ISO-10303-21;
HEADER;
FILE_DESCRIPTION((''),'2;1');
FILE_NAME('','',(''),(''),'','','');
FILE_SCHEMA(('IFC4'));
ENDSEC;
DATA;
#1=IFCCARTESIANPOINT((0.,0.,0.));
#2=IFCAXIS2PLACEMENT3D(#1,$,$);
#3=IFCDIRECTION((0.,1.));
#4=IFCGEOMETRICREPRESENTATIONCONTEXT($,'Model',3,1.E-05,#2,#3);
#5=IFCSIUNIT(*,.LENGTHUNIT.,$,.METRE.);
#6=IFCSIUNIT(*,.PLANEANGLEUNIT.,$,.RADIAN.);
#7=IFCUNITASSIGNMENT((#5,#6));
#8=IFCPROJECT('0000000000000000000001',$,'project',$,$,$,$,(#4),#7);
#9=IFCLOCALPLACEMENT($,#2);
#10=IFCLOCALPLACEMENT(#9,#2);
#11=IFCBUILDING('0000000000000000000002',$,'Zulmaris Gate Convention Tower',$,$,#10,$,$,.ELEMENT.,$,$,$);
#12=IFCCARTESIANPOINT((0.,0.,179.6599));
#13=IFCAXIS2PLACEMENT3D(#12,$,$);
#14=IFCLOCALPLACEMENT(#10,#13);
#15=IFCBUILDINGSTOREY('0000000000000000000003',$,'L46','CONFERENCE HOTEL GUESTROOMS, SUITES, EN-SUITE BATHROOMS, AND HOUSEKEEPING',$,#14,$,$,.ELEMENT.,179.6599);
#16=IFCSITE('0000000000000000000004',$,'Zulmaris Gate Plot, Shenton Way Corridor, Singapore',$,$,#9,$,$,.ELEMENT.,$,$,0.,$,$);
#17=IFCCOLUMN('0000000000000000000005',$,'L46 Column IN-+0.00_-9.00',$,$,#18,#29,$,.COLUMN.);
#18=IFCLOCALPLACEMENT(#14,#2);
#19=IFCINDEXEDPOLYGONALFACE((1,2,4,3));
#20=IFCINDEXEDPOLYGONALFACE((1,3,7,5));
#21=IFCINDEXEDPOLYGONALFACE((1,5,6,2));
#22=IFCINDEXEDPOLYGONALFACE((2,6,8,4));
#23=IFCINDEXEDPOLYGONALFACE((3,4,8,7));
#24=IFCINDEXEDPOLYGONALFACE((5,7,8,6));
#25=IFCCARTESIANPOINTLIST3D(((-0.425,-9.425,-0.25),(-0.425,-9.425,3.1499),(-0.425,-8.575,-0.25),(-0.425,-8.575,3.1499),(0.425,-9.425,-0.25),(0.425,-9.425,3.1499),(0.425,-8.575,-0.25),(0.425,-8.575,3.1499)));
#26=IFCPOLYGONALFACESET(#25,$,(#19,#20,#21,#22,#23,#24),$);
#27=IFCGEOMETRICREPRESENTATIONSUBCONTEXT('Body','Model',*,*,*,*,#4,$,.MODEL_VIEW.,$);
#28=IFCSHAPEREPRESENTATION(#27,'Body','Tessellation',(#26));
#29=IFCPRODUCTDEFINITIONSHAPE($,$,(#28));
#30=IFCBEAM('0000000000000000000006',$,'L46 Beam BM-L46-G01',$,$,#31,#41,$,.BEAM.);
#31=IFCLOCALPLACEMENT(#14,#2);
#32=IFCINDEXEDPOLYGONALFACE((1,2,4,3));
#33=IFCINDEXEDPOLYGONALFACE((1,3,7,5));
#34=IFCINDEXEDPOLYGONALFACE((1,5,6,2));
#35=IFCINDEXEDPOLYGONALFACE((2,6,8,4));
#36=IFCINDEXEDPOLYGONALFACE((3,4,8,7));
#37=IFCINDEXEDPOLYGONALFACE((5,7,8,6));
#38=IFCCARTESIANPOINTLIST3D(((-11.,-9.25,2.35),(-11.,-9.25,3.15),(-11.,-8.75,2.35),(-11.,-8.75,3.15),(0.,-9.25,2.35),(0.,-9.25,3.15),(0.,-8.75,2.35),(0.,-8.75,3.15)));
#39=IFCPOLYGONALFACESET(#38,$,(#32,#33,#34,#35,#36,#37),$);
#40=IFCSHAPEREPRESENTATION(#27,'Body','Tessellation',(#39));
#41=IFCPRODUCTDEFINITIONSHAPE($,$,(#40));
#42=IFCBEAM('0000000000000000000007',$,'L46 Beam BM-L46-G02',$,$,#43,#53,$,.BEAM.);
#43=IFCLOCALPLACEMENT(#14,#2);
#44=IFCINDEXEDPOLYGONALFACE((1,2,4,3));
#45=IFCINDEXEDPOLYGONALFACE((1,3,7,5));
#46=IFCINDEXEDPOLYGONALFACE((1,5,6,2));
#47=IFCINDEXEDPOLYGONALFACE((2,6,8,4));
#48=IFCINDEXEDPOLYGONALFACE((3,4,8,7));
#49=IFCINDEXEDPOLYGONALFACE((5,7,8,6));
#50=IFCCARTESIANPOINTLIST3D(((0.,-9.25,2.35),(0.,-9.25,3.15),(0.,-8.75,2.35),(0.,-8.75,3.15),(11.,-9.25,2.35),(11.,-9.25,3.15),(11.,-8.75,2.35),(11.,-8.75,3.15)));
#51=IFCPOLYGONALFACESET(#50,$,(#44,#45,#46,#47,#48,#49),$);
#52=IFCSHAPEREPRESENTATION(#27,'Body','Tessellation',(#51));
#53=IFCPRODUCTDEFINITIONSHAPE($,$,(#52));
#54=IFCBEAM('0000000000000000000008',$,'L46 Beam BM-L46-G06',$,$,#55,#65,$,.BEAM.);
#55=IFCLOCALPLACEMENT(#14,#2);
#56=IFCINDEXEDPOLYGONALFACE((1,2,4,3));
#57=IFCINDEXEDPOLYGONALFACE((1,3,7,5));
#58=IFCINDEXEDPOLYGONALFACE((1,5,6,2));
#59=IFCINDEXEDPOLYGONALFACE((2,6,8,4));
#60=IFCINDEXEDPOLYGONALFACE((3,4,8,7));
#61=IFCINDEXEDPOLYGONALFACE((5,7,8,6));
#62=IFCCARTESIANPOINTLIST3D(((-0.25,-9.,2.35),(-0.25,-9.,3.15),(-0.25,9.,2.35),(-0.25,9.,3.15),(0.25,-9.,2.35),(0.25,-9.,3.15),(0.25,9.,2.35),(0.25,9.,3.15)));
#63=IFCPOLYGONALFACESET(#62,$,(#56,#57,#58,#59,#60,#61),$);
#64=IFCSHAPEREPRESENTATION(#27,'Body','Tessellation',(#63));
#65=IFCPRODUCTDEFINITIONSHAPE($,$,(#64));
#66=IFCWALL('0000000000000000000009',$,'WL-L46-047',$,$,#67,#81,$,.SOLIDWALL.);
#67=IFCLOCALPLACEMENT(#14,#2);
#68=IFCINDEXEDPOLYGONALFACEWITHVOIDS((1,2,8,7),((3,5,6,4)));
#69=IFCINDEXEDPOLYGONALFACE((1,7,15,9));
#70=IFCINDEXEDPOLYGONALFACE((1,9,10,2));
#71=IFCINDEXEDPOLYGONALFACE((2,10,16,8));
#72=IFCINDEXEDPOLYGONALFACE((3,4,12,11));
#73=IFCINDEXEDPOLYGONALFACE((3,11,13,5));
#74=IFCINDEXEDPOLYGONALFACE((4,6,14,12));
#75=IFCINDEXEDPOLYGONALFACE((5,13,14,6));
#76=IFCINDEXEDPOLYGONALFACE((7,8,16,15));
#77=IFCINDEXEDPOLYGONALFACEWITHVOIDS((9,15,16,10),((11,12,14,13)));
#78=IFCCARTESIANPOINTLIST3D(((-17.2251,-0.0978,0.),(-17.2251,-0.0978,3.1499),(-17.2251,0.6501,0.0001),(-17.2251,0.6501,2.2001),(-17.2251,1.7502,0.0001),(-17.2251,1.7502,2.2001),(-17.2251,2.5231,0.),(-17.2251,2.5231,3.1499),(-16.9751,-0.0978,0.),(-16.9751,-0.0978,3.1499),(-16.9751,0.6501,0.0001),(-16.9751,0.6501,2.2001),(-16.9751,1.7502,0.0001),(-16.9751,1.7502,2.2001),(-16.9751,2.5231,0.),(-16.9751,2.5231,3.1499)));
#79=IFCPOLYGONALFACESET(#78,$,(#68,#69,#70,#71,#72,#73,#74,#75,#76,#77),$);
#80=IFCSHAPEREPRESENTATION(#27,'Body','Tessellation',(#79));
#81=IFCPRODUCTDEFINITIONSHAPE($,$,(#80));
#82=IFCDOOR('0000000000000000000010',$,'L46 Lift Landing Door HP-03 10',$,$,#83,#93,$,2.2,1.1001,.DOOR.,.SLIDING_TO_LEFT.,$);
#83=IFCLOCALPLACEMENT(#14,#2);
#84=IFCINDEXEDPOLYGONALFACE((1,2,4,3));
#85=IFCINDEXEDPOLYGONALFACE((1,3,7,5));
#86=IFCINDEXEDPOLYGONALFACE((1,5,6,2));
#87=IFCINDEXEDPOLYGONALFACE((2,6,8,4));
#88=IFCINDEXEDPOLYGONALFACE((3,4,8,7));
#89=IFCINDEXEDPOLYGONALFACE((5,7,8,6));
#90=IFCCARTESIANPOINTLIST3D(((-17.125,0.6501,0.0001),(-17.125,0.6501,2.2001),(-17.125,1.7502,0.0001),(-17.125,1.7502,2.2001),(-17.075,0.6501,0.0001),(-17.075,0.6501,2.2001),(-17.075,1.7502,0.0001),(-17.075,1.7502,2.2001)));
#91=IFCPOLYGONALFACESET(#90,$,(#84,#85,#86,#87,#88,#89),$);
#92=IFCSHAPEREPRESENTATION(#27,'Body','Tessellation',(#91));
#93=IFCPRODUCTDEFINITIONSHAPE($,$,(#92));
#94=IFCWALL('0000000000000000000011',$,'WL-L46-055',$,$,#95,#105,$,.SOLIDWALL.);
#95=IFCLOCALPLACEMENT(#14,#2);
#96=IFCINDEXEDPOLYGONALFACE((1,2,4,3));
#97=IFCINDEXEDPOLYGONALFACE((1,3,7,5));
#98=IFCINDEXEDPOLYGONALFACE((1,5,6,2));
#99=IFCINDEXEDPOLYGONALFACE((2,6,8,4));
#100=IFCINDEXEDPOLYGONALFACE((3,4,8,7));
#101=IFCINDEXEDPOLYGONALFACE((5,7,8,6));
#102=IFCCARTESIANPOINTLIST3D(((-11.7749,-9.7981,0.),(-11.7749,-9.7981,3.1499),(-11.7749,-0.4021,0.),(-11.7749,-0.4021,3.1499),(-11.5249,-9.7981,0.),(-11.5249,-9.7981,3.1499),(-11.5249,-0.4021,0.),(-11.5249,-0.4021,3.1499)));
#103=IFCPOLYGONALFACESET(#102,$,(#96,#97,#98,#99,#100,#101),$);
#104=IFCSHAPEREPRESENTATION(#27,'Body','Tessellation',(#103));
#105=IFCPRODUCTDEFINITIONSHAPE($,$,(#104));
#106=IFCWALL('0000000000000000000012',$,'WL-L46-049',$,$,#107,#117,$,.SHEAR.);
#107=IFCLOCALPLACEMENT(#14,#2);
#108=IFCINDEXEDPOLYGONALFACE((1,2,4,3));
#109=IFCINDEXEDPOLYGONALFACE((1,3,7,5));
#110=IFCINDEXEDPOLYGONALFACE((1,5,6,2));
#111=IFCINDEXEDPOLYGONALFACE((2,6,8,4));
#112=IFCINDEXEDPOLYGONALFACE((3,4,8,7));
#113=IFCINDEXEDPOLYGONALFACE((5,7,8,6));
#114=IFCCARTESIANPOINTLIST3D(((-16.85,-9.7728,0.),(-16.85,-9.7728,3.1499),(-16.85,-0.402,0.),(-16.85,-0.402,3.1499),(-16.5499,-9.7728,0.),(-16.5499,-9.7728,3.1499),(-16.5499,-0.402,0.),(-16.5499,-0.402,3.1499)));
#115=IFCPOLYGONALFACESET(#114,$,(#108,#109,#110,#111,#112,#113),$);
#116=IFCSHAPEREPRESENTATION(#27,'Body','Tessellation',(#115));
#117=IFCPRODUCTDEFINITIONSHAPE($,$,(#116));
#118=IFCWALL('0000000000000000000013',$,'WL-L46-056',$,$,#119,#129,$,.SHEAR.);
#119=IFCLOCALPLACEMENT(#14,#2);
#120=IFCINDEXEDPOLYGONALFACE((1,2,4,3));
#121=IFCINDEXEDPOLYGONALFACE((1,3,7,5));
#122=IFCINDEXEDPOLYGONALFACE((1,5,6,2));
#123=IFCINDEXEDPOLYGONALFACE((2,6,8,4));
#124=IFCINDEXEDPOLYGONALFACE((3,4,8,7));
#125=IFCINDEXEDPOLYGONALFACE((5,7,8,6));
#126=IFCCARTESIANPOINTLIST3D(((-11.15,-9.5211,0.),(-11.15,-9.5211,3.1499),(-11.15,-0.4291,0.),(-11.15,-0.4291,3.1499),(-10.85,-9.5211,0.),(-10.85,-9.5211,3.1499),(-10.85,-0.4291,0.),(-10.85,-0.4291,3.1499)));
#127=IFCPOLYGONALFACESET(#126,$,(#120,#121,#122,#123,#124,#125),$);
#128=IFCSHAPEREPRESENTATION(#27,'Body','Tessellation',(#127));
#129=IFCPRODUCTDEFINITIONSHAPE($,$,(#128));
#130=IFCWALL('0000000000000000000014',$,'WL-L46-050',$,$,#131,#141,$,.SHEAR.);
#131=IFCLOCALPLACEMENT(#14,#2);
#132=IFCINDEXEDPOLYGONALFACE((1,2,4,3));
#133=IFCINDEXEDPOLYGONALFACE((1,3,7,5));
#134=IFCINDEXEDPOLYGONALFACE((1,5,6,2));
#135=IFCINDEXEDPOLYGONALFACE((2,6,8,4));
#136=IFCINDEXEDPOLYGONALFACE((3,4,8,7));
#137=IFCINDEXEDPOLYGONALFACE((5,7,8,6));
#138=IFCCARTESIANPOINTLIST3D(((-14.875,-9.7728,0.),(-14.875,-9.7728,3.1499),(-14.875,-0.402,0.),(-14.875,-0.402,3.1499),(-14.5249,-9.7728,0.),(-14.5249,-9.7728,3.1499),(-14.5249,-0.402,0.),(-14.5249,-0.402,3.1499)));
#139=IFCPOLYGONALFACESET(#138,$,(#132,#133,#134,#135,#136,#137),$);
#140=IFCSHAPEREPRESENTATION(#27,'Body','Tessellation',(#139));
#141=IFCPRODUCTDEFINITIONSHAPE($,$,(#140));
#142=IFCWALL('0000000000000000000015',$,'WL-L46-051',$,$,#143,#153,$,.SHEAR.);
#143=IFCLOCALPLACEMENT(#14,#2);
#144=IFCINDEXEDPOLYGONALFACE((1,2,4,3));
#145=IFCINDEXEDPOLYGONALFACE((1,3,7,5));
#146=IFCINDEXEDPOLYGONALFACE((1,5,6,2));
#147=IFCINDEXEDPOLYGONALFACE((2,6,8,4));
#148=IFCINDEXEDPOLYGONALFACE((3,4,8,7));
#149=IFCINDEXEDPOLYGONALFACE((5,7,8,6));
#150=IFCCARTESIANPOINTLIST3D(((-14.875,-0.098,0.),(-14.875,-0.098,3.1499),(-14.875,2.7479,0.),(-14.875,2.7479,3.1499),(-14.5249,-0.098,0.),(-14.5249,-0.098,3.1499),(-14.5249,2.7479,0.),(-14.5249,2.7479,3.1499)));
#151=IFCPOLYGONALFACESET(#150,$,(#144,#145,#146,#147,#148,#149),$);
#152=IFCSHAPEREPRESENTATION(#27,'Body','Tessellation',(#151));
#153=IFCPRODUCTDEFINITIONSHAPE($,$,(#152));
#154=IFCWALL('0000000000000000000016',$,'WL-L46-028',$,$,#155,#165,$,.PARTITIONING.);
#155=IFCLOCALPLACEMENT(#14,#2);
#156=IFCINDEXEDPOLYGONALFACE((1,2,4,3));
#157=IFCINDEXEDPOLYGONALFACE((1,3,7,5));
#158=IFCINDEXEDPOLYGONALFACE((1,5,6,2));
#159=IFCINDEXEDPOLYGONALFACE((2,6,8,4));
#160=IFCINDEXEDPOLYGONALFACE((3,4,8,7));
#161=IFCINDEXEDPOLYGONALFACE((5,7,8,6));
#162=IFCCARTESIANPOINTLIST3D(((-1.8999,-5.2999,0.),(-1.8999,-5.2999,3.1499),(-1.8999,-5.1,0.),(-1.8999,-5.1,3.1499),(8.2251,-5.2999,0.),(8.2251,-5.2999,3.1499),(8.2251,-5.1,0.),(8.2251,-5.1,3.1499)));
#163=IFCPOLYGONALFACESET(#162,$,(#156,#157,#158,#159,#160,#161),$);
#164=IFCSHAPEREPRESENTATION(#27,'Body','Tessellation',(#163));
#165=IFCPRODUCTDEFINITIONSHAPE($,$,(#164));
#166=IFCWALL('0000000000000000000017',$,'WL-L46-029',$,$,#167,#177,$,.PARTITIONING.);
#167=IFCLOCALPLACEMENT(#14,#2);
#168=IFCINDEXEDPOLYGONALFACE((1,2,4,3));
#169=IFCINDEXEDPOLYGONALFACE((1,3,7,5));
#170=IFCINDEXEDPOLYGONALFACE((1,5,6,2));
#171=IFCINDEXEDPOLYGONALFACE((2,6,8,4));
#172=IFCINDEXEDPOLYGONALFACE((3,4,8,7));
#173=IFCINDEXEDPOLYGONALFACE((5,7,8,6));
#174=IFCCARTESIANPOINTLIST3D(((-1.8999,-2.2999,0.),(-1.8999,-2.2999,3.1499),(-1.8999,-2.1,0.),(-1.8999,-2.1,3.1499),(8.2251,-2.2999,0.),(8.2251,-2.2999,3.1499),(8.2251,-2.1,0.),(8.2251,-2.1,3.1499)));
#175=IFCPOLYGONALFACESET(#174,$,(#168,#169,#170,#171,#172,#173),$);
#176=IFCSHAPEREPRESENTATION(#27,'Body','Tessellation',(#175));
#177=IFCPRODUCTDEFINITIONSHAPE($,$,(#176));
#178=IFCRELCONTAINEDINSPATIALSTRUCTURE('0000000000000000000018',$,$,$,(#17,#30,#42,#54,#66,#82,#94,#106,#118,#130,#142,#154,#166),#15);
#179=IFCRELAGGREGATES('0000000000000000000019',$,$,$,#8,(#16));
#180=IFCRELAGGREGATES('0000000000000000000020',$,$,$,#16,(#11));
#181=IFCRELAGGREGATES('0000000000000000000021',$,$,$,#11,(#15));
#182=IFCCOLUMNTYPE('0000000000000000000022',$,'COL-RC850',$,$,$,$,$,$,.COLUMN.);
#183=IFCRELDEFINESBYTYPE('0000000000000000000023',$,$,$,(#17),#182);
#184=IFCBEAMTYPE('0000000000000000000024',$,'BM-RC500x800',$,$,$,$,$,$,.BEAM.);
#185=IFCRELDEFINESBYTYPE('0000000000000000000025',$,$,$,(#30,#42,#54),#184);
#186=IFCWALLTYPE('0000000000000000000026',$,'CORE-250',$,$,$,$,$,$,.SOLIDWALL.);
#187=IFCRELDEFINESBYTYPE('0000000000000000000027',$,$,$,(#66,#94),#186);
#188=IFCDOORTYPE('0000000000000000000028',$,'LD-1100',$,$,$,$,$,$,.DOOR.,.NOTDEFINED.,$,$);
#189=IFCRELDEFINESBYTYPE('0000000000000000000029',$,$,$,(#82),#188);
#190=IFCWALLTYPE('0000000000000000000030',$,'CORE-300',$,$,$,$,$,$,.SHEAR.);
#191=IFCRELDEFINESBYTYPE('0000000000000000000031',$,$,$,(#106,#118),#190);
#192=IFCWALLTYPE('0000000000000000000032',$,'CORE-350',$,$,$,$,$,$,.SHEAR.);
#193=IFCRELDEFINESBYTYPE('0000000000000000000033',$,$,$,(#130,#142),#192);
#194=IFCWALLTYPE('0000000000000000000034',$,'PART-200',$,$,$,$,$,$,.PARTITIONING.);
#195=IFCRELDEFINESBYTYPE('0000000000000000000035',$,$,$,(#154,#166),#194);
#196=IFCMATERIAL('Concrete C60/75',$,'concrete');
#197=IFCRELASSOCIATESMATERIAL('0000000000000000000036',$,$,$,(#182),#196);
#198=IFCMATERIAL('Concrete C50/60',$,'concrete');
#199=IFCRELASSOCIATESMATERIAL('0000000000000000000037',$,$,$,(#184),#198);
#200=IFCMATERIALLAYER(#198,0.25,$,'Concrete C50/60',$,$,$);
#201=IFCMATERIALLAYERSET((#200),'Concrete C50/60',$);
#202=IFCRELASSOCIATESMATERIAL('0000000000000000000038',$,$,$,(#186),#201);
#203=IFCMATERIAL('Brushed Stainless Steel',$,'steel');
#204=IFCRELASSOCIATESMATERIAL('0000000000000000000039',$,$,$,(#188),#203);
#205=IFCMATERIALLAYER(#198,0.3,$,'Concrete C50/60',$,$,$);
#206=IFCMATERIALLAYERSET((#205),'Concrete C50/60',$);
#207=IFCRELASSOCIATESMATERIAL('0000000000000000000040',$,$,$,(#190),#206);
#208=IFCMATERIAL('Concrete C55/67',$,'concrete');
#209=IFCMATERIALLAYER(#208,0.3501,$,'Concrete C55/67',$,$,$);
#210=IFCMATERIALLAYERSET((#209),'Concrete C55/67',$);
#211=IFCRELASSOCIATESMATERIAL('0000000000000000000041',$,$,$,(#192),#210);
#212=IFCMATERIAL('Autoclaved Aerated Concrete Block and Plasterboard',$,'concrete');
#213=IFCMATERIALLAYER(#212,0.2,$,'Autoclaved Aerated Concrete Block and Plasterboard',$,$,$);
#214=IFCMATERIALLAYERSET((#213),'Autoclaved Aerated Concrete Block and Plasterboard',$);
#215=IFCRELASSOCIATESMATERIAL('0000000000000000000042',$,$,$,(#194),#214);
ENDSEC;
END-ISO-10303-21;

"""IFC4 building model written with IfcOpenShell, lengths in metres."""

from ifc_helpers import new_model, si_unit, direction, frame, frame_2d, origin, origin_2d, place, context, subcontext, project, spatial, rectangle, extrude, material, layer, layer_set, material_profile, profile_set, type_object, element, fill, save


model = new_model("IFC4")

# Units and contexts
model_context = context("Model", 3, precision=1e-05, world=origin(), true_north=direction((0.0, 1.0)))
body_context = subcontext(model_context, "Body", "Model", "MODEL_VIEW")
ifc_project = project(units=[si_unit("LENGTHUNIT", "METRE"), si_unit("PLANEANGLEUNIT", "RADIAN")], contexts=[model_context])

# Site, building, storey
site_placement = place(None, origin())
site = spatial("IfcSite", under=ifc_project, at=site_placement, Name="Zulmaris Gate Plot, Shenton Way Corridor, Singapore", CompositionType="ELEMENT", RefElevation=0.0)
building_placement = place(site_placement, origin())
building = spatial("IfcBuilding", under=site, at=building_placement, Name="Zulmaris Gate Convention Tower", CompositionType="ELEMENT")
storey_placement = place(building_placement, frame((0.0, 0.0, 179.6599)))
storey = spatial("IfcBuildingStorey", under=building, at=storey_placement, Name="L46", Description="CONFERENCE HOTEL GUESTROOMS, SUITES, EN-SUITE BATHROOMS, AND HOUSEKEEPING", CompositionType="ELEMENT", Elevation=179.6599)

# Column
ifc_material_1 = material(Name="Concrete C60/75", Category="concrete")
ifc_material_profile_1 = material_profile(ifc_material_1, rectangle(XDim=0.8501, YDim=0.8501, at=origin_2d()), Name="RC COL 850x850")
ifc_profile_set_1 = profile_set([ifc_material_profile_1], Name="Concrete C60/75")
column_type = type_object("IfcColumnType", Name="COL-RC850", PredefinedType="COLUMN", material=ifc_profile_set_1)
column_placement = place(storey_placement, frame((0.0, -9.0, -0.25), z_axis=(0.0, 0.0, 1.0), x_axis=(1.0, 0.0, 0.0)))
element("IfcColumn", 1, at=column_placement, inside=storey, type_object=column_type, Name="L46 Column IN-+0.00_-9.00", PredefinedType="COLUMN", context=body_context, shape_type="SweptSolid", body=[
    extrude(rectangle(XDim=0.8501, YDim=0.8501, at=origin_2d()), origin(), (0.0, 0.0, 1.0), 3.3999),
])

# Beams
ifc_material_2 = material(Name="Concrete C50/60", Category="concrete")
ifc_material_profile_2 = material_profile(ifc_material_2, rectangle(XDim=0.5, YDim=0.8, at=origin_2d()), Name="RC BEAM 500x800")
ifc_profile_set_2 = profile_set([ifc_material_profile_2], Name="Concrete C50/60")
beam_type = type_object("IfcBeamType", Name="BM-RC500x800", PredefinedType="BEAM", material=ifc_profile_set_2)
for number, where, z_axis, x_axis, name in (
    (2, (-11.0, -9.0, 2.75), (1.0, 0.0, 0.0), (0.0, 1.0, 0.0), "L46 Beam BM-L46-G01"),
    (3, (0.0, -9.0, 2.75), (1.0, 0.0, 0.0), (0.0, 1.0, 0.0), "L46 Beam BM-L46-G02"),
):
    element("IfcBeam", number, at=place(storey_placement, frame(where, z_axis=z_axis, x_axis=x_axis)), inside=storey, type_object=beam_type, Name=name, PredefinedType="BEAM", context=body_context, shape_type="SweptSolid", body=[
        extrude(rectangle(XDim=0.5, YDim=0.8, at=origin_2d()), origin(), (0.0, 0.0, 1.0), 11.0),
    ])
beam_placement = place(storey_placement, frame((0.0, -9.0, 2.75), z_axis=(0.0, 1.0, 0.0), x_axis=(-1.0, 0.0, 0.0)))
element("IfcBeam", 4, at=beam_placement, inside=storey, type_object=beam_type, Name="L46 Beam BM-L46-G06", PredefinedType="BEAM", context=body_context, shape_type="SweptSolid", body=[
    extrude(rectangle(XDim=0.5, YDim=0.8, at=origin_2d()), origin(), (0.0, 0.0, 1.0), 18.0),
])

# Wall, opening, door
ifc_layer_1 = layer(ifc_material_2, 0.25, Name="Concrete C50/60")
ifc_layer_set_1 = layer_set([ifc_layer_1], Name="Concrete C50/60")
wall_type_1 = type_object("IfcWallType", Name="CORE-250", PredefinedType="SOLIDWALL", material=ifc_layer_set_1)
wall_1_placement = place(storey_placement, frame((-17.1001, -0.0979, 0.0), z_axis=(0.0, 0.0, 1.0), x_axis=(0.0, 1.0, 0.0)))
wall_1 = element("IfcWall", 5, at=wall_1_placement, inside=storey, type_object=wall_type_1, Name="WL-L46-047", PredefinedType="SOLIDWALL", context=body_context, shape_type="SweptSolid", body=[
    extrude(rectangle(XDim=2.6208, YDim=0.25, at=frame_2d((1.3105, 0.0))), origin(), (0.0, 0.0, 1.0), 3.1499),
])
opening_placement = place(wall_1_placement, frame((0.748, 0.0, 0.0)))
opening = element("IfcOpeningElement", 6, at=opening_placement, cuts=wall_1, PredefinedType="OPENING", context=body_context, shape_type="SweptSolid", body=[
    extrude(rectangle(XDim=1.1001, YDim=2.2, at=frame_2d((0.55, 1.1001))), frame((0.0, 0.135, 0.0), z_axis=(0.0, -1.0, 0.0), x_axis=(1.0, 0.0, 0.0)), (0.0, 0.0, 1.0), 0.27),
])
ifc_material_3 = material(Name="Brushed Stainless Steel", Category="steel")
door_type = type_object("IfcDoorType", Name="LD-1100", OperationType="NOTDEFINED", PredefinedType="DOOR", material=ifc_material_3)
door_placement = place(opening_placement, origin())
door = element("IfcDoor", 7, at=door_placement, inside=storey, type_object=door_type, Name="L46 Lift Landing Door HP-03 10", OperationType="SLIDING_TO_LEFT", OverallHeight=2.2, OverallWidth=1.1001, PredefinedType="DOOR", context=body_context, shape_type="SweptSolid", body=[
    extrude(rectangle(XDim=1.1001, YDim=2.2, at=frame_2d((0.55, 1.1001))), frame((0.0, 0.0249, 0.0), z_axis=(0.0, -1.0, 0.0), x_axis=(1.0, 0.0, 0.0)), (0.0, 0.0, 1.0), 0.05),
])
fill(opening, door)

# Walls
wall_2_placement = place(storey_placement, frame((-11.6499, -9.7981, 0.0), z_axis=(0.0, 0.0, 1.0), x_axis=(0.0, 1.0, 0.0)))
element("IfcWall", 8, at=wall_2_placement, inside=storey, type_object=wall_type_1, Name="WL-L46-055", PredefinedType="SOLIDWALL", context=body_context, shape_type="SweptSolid", body=[
    extrude(rectangle(XDim=9.396, YDim=0.25, at=frame_2d((4.698, 0.0))), origin(), (0.0, 0.0, 1.0), 3.1499),
])
ifc_layer_2 = layer(ifc_material_2, 0.3, Name="Concrete C50/60")
ifc_layer_set_2 = layer_set([ifc_layer_2], Name="Concrete C50/60")
wall_type_2 = type_object("IfcWallType", Name="CORE-300", PredefinedType="SHEAR", material=ifc_layer_set_2)
wall_3_placement = place(storey_placement, frame((-16.7, -9.7729, 0.0), z_axis=(0.0, 0.0, 1.0), x_axis=(0.0, 1.0, 0.0)))
element("IfcWall", 9, at=wall_3_placement, inside=storey, type_object=wall_type_2, Name="WL-L46-049", PredefinedType="SHEAR", context=body_context, shape_type="SweptSolid", body=[
    extrude(rectangle(XDim=9.3708, YDim=0.3, at=frame_2d((4.6855, 0.0))), origin(), (0.0, 0.0, 1.0), 3.1499),
])
wall_4_placement = place(storey_placement, frame((-11.0, -9.521, 0.0), z_axis=(0.0, 0.0, 1.0), x_axis=(0.0, 1.0, 0.0)))
element("IfcWall", 10, at=wall_4_placement, inside=storey, type_object=wall_type_2, Name="WL-L46-056", PredefinedType="SHEAR", context=body_context, shape_type="SweptSolid", body=[
    extrude(rectangle(XDim=9.092, YDim=0.3, at=frame_2d((4.5459, 0.0))), origin(), (0.0, 0.0, 1.0), 3.1499),
])
ifc_material_4 = material(Name="Concrete C55/67", Category="concrete")
ifc_layer_3 = layer(ifc_material_4, 0.3501, Name="Concrete C55/67")
ifc_layer_set_3 = layer_set([ifc_layer_3], Name="Concrete C55/67")
wall_type_3 = type_object("IfcWallType", Name="CORE-350", PredefinedType="SHEAR", material=ifc_layer_set_3)
wall_5_placement = place(storey_placement, frame((-14.7, -9.7729, 0.0), z_axis=(0.0, 0.0, 1.0), x_axis=(0.0, 1.0, 0.0)))
element("IfcWall", 11, at=wall_5_placement, inside=storey, type_object=wall_type_3, Name="WL-L46-050", PredefinedType="SHEAR", context=body_context, shape_type="SweptSolid", body=[
    extrude(rectangle(XDim=9.3708, YDim=0.3501, at=frame_2d((4.6855, 0.0))), origin(), (0.0, 0.0, 1.0), 3.1499),
])
wall_6_placement = place(storey_placement, frame((-14.7, -0.0979, 0.0), z_axis=(0.0, 0.0, 1.0), x_axis=(0.0, 1.0, 0.0)))
element("IfcWall", 12, at=wall_6_placement, inside=storey, type_object=wall_type_3, Name="WL-L46-051", PredefinedType="SHEAR", context=body_context, shape_type="SweptSolid", body=[
    extrude(rectangle(XDim=2.8459, YDim=0.3501, at=frame_2d((1.4229, 0.0))), origin(), (0.0, 0.0, 1.0), 3.1499),
])
ifc_material_5 = material(Name="Autoclaved Aerated Concrete Block and Plasterboard", Category="concrete")
ifc_layer_4 = layer(ifc_material_5, 0.2, Name="Autoclaved Aerated Concrete Block and Plasterboard")
ifc_layer_set_4 = layer_set([ifc_layer_4], Name="Autoclaved Aerated Concrete Block and Plasterboard")
wall_type_4 = type_object("IfcWallType", Name="PART-200", PredefinedType="PARTITIONING", material=ifc_layer_set_4)
for number, where, z_axis, x_axis, name in (
    (13, (-1.8999, -5.2, 0.0), (0.0, 0.0, 1.0), (1.0, 0.0, 0.0), "WL-L46-028"),
    (14, (-1.8999, -2.2, 0.0), (0.0, 0.0, 1.0), (1.0, 0.0, 0.0), "WL-L46-029"),
):
    element("IfcWall", number, at=place(storey_placement, frame(where, z_axis=z_axis, x_axis=x_axis)), inside=storey, type_object=wall_type_4, Name=name, PredefinedType="PARTITIONING", context=body_context, shape_type="SweptSolid", body=[
        extrude(rectangle(XDim=10.125, YDim=0.2, at=frame_2d((5.0625, 0.0))), origin(), (0.0, 0.0, 1.0), 3.1499),
    ])

save(model, "model.ifc")
